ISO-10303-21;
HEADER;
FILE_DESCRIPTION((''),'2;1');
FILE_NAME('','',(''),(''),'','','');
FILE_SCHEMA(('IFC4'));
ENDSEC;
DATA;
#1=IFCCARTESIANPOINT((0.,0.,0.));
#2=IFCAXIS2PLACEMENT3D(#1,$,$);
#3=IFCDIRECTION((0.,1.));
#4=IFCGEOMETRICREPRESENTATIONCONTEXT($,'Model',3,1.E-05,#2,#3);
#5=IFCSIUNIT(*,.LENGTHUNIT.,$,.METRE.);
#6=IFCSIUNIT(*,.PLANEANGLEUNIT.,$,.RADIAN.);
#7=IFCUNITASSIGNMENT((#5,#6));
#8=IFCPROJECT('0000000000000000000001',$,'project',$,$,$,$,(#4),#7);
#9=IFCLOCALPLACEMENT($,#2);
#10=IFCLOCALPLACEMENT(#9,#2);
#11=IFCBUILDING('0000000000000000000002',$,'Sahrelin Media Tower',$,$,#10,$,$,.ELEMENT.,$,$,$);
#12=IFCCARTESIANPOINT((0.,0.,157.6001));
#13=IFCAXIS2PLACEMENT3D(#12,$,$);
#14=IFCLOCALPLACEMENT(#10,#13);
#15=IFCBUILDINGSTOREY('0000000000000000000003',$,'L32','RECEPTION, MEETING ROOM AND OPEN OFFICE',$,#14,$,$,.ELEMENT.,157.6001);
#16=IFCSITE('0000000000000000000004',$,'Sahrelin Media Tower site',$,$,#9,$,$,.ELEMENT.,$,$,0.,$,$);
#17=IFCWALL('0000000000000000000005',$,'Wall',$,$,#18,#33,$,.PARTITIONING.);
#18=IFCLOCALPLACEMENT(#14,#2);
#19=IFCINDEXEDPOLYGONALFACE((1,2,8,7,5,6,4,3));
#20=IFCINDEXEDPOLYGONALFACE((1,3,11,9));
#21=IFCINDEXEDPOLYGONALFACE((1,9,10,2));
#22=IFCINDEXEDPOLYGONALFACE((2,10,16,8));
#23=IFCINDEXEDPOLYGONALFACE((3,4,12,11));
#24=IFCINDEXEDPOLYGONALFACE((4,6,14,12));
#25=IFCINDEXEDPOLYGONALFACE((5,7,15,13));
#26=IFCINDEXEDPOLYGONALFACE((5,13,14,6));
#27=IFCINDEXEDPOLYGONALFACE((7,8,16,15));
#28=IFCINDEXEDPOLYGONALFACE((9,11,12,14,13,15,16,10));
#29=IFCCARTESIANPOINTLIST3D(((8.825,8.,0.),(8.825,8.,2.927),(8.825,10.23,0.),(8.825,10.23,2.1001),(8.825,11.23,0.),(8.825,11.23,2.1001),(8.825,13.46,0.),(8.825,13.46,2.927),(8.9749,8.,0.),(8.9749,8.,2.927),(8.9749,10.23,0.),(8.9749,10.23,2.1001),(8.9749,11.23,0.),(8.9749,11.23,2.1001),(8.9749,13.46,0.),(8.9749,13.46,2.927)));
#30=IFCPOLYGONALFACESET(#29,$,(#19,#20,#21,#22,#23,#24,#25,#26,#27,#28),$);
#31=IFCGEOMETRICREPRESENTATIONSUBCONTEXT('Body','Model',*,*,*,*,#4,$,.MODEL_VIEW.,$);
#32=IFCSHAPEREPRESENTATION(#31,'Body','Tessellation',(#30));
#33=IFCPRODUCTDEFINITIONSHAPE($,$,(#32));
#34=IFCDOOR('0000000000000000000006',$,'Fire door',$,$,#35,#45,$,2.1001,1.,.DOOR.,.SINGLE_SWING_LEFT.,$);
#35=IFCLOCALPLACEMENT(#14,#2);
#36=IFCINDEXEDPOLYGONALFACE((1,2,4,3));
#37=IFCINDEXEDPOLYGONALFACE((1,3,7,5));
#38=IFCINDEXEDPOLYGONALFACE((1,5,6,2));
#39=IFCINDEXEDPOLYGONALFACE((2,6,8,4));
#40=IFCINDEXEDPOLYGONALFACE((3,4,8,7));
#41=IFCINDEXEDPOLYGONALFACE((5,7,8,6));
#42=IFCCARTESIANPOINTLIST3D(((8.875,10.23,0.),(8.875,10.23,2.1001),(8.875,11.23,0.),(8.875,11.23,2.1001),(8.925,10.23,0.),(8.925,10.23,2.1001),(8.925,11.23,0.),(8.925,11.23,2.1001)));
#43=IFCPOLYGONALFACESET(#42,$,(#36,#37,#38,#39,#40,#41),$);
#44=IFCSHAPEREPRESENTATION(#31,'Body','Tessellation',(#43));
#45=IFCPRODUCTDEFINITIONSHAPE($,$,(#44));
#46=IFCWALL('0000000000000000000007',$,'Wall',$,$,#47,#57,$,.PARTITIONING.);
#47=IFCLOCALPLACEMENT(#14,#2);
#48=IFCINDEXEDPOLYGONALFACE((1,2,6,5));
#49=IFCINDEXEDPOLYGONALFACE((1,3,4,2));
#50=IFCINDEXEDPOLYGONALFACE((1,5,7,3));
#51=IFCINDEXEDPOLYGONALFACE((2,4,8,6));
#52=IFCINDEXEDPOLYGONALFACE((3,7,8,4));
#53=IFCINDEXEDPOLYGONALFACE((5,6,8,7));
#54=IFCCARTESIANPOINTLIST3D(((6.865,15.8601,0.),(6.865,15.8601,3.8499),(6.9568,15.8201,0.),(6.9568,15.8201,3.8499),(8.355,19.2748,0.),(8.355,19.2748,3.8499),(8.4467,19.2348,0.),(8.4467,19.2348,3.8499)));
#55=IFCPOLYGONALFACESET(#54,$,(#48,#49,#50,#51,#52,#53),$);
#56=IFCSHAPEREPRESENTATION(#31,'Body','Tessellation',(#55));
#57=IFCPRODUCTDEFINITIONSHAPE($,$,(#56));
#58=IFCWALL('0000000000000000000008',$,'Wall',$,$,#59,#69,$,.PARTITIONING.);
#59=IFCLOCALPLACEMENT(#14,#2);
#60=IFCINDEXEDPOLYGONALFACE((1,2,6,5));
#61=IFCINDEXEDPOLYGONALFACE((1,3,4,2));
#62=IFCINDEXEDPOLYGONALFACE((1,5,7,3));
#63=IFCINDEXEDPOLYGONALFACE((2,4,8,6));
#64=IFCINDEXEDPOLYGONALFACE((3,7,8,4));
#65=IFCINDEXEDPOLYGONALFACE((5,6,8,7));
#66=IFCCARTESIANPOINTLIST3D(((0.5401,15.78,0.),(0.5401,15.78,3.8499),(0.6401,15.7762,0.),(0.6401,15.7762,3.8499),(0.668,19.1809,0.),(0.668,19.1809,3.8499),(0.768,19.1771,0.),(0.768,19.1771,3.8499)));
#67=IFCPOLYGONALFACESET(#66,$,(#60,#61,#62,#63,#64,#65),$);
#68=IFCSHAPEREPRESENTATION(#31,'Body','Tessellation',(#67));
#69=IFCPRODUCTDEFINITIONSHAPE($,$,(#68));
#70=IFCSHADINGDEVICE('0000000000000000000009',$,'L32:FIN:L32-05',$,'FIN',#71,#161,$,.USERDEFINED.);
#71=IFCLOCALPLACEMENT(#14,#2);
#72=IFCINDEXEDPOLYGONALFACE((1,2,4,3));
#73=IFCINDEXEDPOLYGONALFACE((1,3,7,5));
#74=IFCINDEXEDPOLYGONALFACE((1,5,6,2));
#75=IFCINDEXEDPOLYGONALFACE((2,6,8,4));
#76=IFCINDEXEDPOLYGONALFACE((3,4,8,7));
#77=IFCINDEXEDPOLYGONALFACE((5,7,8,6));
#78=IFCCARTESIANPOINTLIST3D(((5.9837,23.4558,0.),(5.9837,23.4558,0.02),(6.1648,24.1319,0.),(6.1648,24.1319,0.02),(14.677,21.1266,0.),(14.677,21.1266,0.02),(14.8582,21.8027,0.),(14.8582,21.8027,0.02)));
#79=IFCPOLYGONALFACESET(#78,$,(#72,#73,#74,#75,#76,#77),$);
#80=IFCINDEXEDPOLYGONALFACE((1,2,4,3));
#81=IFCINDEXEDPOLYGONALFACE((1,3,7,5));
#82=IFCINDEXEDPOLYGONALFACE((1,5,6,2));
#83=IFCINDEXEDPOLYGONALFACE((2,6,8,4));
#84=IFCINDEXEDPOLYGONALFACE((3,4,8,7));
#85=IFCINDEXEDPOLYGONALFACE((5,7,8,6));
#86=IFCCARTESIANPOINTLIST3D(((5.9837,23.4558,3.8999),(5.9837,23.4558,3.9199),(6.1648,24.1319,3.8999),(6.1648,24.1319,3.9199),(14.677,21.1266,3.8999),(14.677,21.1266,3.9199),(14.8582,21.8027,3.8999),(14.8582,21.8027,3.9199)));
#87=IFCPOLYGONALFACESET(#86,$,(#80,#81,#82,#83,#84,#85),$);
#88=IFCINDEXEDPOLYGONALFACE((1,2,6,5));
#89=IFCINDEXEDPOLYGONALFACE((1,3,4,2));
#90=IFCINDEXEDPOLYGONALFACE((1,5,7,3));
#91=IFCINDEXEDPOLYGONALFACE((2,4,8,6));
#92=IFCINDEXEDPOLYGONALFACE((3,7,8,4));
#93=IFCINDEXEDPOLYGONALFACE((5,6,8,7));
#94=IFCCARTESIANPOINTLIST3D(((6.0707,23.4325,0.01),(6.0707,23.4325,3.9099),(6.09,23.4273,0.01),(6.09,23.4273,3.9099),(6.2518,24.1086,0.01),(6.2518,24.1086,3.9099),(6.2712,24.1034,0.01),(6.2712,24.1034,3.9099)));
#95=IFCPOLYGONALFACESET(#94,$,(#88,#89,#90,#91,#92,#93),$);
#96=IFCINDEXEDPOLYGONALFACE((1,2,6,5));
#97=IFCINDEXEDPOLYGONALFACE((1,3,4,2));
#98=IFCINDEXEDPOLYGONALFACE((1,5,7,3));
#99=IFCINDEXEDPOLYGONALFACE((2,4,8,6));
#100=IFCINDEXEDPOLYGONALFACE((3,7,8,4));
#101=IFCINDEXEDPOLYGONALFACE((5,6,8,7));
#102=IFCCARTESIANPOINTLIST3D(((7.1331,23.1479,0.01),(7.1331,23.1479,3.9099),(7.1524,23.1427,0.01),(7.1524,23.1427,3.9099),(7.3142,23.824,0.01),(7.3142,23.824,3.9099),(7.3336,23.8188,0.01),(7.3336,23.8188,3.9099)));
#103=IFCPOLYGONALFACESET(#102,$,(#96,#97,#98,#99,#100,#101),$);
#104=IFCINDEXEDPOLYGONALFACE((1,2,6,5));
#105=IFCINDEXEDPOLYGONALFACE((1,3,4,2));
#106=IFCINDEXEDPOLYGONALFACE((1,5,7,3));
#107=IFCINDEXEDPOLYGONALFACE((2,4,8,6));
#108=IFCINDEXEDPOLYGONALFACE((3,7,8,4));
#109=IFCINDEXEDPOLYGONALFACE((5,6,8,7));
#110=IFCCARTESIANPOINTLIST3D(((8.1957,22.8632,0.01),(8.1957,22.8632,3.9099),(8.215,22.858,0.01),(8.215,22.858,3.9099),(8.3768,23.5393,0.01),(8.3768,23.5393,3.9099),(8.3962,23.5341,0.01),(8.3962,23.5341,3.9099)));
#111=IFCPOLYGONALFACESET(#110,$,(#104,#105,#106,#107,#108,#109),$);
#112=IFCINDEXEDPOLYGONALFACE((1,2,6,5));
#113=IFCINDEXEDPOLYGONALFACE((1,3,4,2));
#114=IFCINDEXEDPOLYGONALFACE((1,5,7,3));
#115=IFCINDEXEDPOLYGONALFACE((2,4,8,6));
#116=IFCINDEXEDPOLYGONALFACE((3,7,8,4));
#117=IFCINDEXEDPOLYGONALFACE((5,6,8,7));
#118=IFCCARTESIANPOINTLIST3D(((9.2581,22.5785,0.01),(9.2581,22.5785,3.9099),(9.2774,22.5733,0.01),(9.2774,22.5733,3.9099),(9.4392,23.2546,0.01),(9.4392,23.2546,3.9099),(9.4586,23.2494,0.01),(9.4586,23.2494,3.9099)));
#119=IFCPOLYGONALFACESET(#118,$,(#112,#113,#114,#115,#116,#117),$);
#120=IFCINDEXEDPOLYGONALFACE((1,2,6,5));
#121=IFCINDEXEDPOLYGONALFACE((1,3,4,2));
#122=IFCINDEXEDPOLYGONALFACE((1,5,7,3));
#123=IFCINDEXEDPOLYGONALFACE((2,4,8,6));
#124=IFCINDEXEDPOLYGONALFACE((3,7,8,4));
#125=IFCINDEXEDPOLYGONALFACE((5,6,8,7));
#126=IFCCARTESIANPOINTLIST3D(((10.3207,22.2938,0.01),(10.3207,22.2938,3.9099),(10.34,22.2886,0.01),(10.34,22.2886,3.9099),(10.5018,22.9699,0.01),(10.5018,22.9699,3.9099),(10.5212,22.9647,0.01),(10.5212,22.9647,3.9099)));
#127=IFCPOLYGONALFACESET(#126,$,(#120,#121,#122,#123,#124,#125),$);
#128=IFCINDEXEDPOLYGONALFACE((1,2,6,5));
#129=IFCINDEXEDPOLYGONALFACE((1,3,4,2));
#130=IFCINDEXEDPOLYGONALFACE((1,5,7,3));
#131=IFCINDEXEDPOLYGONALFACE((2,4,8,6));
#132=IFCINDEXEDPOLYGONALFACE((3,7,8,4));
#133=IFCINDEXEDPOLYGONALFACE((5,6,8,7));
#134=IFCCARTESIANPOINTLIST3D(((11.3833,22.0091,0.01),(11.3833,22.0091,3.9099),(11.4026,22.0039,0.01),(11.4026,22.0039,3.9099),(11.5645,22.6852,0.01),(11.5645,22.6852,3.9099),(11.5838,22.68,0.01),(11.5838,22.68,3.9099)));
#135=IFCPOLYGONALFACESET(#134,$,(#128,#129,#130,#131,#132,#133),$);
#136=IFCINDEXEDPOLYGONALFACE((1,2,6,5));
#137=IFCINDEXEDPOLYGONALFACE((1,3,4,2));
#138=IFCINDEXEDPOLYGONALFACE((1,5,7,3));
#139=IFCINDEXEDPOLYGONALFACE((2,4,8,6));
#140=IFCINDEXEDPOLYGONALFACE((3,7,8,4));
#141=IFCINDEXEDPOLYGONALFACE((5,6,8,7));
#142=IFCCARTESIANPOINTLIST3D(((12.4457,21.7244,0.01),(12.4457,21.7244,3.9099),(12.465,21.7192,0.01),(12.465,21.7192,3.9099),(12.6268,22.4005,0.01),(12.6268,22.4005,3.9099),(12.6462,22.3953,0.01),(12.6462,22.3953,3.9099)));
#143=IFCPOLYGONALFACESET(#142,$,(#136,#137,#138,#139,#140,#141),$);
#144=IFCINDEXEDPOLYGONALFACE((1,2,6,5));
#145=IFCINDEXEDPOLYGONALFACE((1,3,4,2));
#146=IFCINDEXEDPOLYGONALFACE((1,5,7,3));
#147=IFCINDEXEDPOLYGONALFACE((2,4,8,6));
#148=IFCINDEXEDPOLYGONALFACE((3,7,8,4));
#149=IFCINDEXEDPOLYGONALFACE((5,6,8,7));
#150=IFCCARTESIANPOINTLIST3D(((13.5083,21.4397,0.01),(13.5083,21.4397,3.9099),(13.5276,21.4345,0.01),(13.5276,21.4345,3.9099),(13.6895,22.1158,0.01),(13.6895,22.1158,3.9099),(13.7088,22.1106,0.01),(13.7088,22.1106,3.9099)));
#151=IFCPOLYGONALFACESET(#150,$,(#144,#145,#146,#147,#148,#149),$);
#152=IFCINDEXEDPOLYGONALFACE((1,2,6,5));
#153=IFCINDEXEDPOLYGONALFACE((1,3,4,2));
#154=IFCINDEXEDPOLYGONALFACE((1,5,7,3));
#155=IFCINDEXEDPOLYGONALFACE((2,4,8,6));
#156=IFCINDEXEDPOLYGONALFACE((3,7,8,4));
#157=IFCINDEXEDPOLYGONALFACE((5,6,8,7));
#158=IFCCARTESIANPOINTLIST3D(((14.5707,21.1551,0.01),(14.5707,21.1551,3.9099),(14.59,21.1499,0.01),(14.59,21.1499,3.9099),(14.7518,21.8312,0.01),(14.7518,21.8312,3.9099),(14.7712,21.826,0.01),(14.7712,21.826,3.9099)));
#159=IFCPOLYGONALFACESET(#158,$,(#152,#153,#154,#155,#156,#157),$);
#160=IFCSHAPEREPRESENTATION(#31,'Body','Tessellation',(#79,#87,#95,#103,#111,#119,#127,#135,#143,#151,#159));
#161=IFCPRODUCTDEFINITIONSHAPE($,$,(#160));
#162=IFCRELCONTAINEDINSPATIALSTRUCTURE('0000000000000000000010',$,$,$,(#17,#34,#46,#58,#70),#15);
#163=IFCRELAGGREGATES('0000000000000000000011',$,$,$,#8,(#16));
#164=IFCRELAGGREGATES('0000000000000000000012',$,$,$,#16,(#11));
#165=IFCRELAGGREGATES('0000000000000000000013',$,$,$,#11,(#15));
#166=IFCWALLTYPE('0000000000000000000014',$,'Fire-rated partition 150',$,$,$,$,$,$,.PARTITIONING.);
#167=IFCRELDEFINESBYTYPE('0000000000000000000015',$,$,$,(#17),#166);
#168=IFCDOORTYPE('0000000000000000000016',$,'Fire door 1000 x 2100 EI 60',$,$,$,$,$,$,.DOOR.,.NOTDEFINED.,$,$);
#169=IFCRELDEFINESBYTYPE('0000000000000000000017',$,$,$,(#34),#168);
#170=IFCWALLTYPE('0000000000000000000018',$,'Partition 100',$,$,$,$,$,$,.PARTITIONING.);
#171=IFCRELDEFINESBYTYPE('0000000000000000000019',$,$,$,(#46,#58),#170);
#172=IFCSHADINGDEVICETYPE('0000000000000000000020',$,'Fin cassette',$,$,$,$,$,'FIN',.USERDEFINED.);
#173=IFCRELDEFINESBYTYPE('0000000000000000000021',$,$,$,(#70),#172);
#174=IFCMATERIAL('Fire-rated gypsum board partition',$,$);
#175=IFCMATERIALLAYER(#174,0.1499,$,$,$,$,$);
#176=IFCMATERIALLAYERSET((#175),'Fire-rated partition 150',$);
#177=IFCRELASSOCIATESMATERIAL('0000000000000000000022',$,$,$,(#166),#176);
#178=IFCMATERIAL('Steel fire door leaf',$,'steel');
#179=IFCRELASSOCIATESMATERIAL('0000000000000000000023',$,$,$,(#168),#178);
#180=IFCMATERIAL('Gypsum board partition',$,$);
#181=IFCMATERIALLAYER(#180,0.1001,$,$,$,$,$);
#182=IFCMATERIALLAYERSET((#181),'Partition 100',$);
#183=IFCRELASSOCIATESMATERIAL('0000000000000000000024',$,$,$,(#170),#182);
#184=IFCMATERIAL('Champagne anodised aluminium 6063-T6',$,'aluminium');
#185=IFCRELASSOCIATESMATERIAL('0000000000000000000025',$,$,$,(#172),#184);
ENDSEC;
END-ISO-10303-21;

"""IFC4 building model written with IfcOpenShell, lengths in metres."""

from ifc_helpers import new_model, si_unit, direction, frame, frame_2d, origin, origin_2d, place, context, subcontext, project, spatial, rectangle, extrude, material, layer, layer_set, type_object, element, fill, save


model = new_model("IFC4")

# Units and contexts
model_context = context("Model", 3, precision=1e-05, world=origin(), true_north=direction((0.0, 1.0)))
body_context = subcontext(model_context, "Body", "Model", "MODEL_VIEW")
ifc_project = project(units=[si_unit("LENGTHUNIT", "METRE"), si_unit("PLANEANGLEUNIT", "RADIAN")], contexts=[model_context])

# Site, building, storey
site_placement = place(None, origin())
site = spatial("IfcSite", under=ifc_project, at=site_placement, Name="Sahrelin Media Tower site", CompositionType="ELEMENT", RefElevation=0.0)
building_placement = place(site_placement, origin())
building = spatial("IfcBuilding", under=site, at=building_placement, Name="Sahrelin Media Tower", CompositionType="ELEMENT")
storey_placement = place(building_placement, frame((0.0, 0.0, 157.6001)))
storey = spatial("IfcBuildingStorey", under=building, at=storey_placement, Name="L32", Description="RECEPTION, MEETING ROOM AND OPEN OFFICE", CompositionType="ELEMENT", Elevation=157.6001)

# Shared definitions
ifc_material_1 = material(Name="Champagne anodised aluminium 6063-T6", Category="aluminium")

# Shared definitions
ifc_material_2 = material(Name="Fire-rated gypsum board partition")
ifc_layer_1 = layer(ifc_material_2, 0.1499)
ifc_layer_set_1 = layer_set([ifc_layer_1], Name="Fire-rated partition 150")
wall_type_1 = type_object("IfcWallType", Name="Fire-rated partition 150", PredefinedType="PARTITIONING", material=ifc_layer_set_1)
ifc_material_3 = material(Name="Steel fire door leaf", Category="steel")
door_type = type_object("IfcDoorType", Name="Fire door 1000 x 2100 EI 60", OperationType="NOTDEFINED", PredefinedType="DOOR", material=ifc_material_3)

# Wall, opening, door
wall_1_placement = place(storey_placement, frame((8.8999, 8.0, 0.0), z_axis=(0.0, 0.0, 1.0), x_axis=(0.0, 1.0, 0.0)))
wall_1 = element("IfcWall", 1, at=wall_1_placement, inside=storey, type_object=wall_type_1, Name="Wall", PredefinedType="PARTITIONING", context=body_context, shape_type="SweptSolid", body=[
    extrude(rectangle(XDim=5.46, YDim=0.1499, at=frame_2d((2.73, 0.0))), origin(), (0.0, 0.0, 1.0), 2.927),
])
opening_1_placement = place(wall_1_placement, frame((2.23, 0.0, 0.0)))
opening_1 = element("IfcOpeningElement", 2, at=opening_1_placement, cuts=wall_1, PredefinedType="OPENING", context=body_context, shape_type="SweptSolid", body=[
    extrude(rectangle(XDim=1.0, YDim=2.1001, at=frame_2d((0.5, 1.05))), frame((0.0, 0.075, 0.0), z_axis=(0.0, -1.0, 0.0), x_axis=(1.0, 0.0, 0.0)), (0.0, 0.0, 1.0), 0.1499),
])
door_1_placement = place(opening_1_placement, origin())
door_1 = element("IfcDoor", 3, at=door_1_placement, inside=storey, type_object=door_type, Name="Fire door", OperationType="SINGLE_SWING_LEFT", OverallHeight=2.1001, OverallWidth=1.0, PredefinedType="DOOR", context=body_context, shape_type="SweptSolid", body=[
    extrude(rectangle(XDim=1.0, YDim=2.1001, at=frame_2d((0.5, 1.05))), frame((0.0, 0.0249, 0.0), z_axis=(0.0, -1.0, 0.0), x_axis=(1.0, 0.0, 0.0)), (0.0, 0.0, 1.0), 0.05),
])
fill(opening_1, door_1)

# Walls
ifc_material_4 = material(Name="Gypsum board partition")
ifc_layer_2 = layer(ifc_material_4, 0.1001)
ifc_layer_set_2 = layer_set([ifc_layer_2], Name="Partition 100")
wall_type_2 = type_object("IfcWallType", Name="Partition 100", PredefinedType="PARTITIONING", material=ifc_layer_set_2)
wall_2_placement = place(storey_placement, frame((6.9109, 15.8401, 0.0), z_axis=(0.0, 0.0, 1.0), x_axis=(0.399921, 0.916549, 0.0)))
element("IfcWall", 4, at=wall_2_placement, inside=storey, type_object=wall_type_2, Name="Wall", PredefinedType="PARTITIONING", context=body_context, shape_type="SweptSolid", body=[
    extrude(rectangle(XDim=3.7256, YDim=0.1001, at=frame_2d((1.8628, 0.0))), origin(), (0.0, 0.0, 1.0), 3.8499),
])
wall_3_placement = place(storey_placement, frame((0.5901, 15.7781, 0.0), z_axis=(0.0, 0.0, 1.0), x_axis=(0.03759, 0.999293, 0.0)))
element("IfcWall", 5, at=wall_3_placement, inside=storey, type_object=wall_type_2, Name="Wall", PredefinedType="PARTITIONING", context=body_context, shape_type="SweptSolid", body=[
    extrude(rectangle(XDim=3.4033, YDim=0.1001, at=frame_2d((1.7017, 0.0))), origin(), (0.0, 0.0, 1.0), 3.8499),
])

# Shading device
shading_device_type_1 = type_object("IfcShadingDeviceType", Name="Fin cassette", ElementType="FIN", PredefinedType="USERDEFINED", material=ifc_material_1)
placement_1 = place(storey_placement, frame((10.3123, 22.2236, 0.0), z_axis=(0.0, 0.0, 1.0), x_axis=(0.965929, -0.258808, 0.0)))
element("IfcShadingDevice", 6, at=placement_1, inside=storey, type_object=shading_device_type_1, Name="L32:FIN:L32-05", ObjectType="FIN", PredefinedType="USERDEFINED", context=body_context, shape_type="SweptSolid", body=[
    extrude(rectangle(XDim=9.0, YDim=0.7, at=origin_2d()), frame((0.0, 0.4199, 0.0)), (0.0, 0.0, 1.0), 0.02),
    extrude(rectangle(XDim=9.0, YDim=0.7, at=origin_2d()), frame((0.0, 0.4199, 3.8999)), (0.0, 0.0, 1.0), 0.02),
    extrude(rectangle(XDim=0.02, YDim=0.7, at=origin_2d()), frame((-4.3999, 0.4199, 0.01), z_axis=(0.0, 0.0, 1.0), x_axis=(1.0, 0.0, 0.0)), (0.0, 0.0, 1.0), 3.8999),
    extrude(rectangle(XDim=0.02, YDim=0.7, at=origin_2d()), frame((-3.3, 0.4199, 0.01), z_axis=(0.0, 0.0, 1.0), x_axis=(1.0, 0.0, 0.0)), (0.0, 0.0, 1.0), 3.8999),
    extrude(rectangle(XDim=0.02, YDim=0.7, at=origin_2d()), frame((-2.2, 0.4199, 0.01), z_axis=(0.0, 0.0, 1.0), x_axis=(1.0, 0.0, 0.0)), (0.0, 0.0, 1.0), 3.8999),
    extrude(rectangle(XDim=0.02, YDim=0.7, at=origin_2d()), frame((-1.1001, 0.4199, 0.01), z_axis=(0.0, 0.0, 1.0), x_axis=(1.0, 0.0, 0.0)), (0.0, 0.0, 1.0), 3.8999),
    extrude(rectangle(XDim=0.02, YDim=0.7, at=origin_2d()), frame((0.0, 0.4199, 0.01), z_axis=(0.0, 0.0, 1.0), x_axis=(1.0, 0.0, 0.0)), (0.0, 0.0, 1.0), 3.8999),
    extrude(rectangle(XDim=0.02, YDim=0.7, at=origin_2d()), frame((1.1001, 0.4199, 0.01), z_axis=(0.0, 0.0, 1.0), x_axis=(1.0, 0.0, 0.0)), (0.0, 0.0, 1.0), 3.8999),
    extrude(rectangle(XDim=0.02, YDim=0.7, at=origin_2d()), frame((2.2, 0.4199, 0.01), z_axis=(0.0, 0.0, 1.0), x_axis=(1.0, 0.0, 0.0)), (0.0, 0.0, 1.0), 3.8999),
    extrude(rectangle(XDim=0.02, YDim=0.7, at=origin_2d()), frame((3.3, 0.4199, 0.01), z_axis=(0.0, 0.0, 1.0), x_axis=(1.0, 0.0, 0.0)), (0.0, 0.0, 1.0), 3.8999),
    extrude(rectangle(XDim=0.02, YDim=0.7, at=origin_2d()), frame((4.3999, 0.4199, 0.01), z_axis=(0.0, 0.0, 1.0), x_axis=(1.0, 0.0, 0.0)), (0.0, 0.0, 1.0), 3.8999),
])

save(model, "model.ifc")
